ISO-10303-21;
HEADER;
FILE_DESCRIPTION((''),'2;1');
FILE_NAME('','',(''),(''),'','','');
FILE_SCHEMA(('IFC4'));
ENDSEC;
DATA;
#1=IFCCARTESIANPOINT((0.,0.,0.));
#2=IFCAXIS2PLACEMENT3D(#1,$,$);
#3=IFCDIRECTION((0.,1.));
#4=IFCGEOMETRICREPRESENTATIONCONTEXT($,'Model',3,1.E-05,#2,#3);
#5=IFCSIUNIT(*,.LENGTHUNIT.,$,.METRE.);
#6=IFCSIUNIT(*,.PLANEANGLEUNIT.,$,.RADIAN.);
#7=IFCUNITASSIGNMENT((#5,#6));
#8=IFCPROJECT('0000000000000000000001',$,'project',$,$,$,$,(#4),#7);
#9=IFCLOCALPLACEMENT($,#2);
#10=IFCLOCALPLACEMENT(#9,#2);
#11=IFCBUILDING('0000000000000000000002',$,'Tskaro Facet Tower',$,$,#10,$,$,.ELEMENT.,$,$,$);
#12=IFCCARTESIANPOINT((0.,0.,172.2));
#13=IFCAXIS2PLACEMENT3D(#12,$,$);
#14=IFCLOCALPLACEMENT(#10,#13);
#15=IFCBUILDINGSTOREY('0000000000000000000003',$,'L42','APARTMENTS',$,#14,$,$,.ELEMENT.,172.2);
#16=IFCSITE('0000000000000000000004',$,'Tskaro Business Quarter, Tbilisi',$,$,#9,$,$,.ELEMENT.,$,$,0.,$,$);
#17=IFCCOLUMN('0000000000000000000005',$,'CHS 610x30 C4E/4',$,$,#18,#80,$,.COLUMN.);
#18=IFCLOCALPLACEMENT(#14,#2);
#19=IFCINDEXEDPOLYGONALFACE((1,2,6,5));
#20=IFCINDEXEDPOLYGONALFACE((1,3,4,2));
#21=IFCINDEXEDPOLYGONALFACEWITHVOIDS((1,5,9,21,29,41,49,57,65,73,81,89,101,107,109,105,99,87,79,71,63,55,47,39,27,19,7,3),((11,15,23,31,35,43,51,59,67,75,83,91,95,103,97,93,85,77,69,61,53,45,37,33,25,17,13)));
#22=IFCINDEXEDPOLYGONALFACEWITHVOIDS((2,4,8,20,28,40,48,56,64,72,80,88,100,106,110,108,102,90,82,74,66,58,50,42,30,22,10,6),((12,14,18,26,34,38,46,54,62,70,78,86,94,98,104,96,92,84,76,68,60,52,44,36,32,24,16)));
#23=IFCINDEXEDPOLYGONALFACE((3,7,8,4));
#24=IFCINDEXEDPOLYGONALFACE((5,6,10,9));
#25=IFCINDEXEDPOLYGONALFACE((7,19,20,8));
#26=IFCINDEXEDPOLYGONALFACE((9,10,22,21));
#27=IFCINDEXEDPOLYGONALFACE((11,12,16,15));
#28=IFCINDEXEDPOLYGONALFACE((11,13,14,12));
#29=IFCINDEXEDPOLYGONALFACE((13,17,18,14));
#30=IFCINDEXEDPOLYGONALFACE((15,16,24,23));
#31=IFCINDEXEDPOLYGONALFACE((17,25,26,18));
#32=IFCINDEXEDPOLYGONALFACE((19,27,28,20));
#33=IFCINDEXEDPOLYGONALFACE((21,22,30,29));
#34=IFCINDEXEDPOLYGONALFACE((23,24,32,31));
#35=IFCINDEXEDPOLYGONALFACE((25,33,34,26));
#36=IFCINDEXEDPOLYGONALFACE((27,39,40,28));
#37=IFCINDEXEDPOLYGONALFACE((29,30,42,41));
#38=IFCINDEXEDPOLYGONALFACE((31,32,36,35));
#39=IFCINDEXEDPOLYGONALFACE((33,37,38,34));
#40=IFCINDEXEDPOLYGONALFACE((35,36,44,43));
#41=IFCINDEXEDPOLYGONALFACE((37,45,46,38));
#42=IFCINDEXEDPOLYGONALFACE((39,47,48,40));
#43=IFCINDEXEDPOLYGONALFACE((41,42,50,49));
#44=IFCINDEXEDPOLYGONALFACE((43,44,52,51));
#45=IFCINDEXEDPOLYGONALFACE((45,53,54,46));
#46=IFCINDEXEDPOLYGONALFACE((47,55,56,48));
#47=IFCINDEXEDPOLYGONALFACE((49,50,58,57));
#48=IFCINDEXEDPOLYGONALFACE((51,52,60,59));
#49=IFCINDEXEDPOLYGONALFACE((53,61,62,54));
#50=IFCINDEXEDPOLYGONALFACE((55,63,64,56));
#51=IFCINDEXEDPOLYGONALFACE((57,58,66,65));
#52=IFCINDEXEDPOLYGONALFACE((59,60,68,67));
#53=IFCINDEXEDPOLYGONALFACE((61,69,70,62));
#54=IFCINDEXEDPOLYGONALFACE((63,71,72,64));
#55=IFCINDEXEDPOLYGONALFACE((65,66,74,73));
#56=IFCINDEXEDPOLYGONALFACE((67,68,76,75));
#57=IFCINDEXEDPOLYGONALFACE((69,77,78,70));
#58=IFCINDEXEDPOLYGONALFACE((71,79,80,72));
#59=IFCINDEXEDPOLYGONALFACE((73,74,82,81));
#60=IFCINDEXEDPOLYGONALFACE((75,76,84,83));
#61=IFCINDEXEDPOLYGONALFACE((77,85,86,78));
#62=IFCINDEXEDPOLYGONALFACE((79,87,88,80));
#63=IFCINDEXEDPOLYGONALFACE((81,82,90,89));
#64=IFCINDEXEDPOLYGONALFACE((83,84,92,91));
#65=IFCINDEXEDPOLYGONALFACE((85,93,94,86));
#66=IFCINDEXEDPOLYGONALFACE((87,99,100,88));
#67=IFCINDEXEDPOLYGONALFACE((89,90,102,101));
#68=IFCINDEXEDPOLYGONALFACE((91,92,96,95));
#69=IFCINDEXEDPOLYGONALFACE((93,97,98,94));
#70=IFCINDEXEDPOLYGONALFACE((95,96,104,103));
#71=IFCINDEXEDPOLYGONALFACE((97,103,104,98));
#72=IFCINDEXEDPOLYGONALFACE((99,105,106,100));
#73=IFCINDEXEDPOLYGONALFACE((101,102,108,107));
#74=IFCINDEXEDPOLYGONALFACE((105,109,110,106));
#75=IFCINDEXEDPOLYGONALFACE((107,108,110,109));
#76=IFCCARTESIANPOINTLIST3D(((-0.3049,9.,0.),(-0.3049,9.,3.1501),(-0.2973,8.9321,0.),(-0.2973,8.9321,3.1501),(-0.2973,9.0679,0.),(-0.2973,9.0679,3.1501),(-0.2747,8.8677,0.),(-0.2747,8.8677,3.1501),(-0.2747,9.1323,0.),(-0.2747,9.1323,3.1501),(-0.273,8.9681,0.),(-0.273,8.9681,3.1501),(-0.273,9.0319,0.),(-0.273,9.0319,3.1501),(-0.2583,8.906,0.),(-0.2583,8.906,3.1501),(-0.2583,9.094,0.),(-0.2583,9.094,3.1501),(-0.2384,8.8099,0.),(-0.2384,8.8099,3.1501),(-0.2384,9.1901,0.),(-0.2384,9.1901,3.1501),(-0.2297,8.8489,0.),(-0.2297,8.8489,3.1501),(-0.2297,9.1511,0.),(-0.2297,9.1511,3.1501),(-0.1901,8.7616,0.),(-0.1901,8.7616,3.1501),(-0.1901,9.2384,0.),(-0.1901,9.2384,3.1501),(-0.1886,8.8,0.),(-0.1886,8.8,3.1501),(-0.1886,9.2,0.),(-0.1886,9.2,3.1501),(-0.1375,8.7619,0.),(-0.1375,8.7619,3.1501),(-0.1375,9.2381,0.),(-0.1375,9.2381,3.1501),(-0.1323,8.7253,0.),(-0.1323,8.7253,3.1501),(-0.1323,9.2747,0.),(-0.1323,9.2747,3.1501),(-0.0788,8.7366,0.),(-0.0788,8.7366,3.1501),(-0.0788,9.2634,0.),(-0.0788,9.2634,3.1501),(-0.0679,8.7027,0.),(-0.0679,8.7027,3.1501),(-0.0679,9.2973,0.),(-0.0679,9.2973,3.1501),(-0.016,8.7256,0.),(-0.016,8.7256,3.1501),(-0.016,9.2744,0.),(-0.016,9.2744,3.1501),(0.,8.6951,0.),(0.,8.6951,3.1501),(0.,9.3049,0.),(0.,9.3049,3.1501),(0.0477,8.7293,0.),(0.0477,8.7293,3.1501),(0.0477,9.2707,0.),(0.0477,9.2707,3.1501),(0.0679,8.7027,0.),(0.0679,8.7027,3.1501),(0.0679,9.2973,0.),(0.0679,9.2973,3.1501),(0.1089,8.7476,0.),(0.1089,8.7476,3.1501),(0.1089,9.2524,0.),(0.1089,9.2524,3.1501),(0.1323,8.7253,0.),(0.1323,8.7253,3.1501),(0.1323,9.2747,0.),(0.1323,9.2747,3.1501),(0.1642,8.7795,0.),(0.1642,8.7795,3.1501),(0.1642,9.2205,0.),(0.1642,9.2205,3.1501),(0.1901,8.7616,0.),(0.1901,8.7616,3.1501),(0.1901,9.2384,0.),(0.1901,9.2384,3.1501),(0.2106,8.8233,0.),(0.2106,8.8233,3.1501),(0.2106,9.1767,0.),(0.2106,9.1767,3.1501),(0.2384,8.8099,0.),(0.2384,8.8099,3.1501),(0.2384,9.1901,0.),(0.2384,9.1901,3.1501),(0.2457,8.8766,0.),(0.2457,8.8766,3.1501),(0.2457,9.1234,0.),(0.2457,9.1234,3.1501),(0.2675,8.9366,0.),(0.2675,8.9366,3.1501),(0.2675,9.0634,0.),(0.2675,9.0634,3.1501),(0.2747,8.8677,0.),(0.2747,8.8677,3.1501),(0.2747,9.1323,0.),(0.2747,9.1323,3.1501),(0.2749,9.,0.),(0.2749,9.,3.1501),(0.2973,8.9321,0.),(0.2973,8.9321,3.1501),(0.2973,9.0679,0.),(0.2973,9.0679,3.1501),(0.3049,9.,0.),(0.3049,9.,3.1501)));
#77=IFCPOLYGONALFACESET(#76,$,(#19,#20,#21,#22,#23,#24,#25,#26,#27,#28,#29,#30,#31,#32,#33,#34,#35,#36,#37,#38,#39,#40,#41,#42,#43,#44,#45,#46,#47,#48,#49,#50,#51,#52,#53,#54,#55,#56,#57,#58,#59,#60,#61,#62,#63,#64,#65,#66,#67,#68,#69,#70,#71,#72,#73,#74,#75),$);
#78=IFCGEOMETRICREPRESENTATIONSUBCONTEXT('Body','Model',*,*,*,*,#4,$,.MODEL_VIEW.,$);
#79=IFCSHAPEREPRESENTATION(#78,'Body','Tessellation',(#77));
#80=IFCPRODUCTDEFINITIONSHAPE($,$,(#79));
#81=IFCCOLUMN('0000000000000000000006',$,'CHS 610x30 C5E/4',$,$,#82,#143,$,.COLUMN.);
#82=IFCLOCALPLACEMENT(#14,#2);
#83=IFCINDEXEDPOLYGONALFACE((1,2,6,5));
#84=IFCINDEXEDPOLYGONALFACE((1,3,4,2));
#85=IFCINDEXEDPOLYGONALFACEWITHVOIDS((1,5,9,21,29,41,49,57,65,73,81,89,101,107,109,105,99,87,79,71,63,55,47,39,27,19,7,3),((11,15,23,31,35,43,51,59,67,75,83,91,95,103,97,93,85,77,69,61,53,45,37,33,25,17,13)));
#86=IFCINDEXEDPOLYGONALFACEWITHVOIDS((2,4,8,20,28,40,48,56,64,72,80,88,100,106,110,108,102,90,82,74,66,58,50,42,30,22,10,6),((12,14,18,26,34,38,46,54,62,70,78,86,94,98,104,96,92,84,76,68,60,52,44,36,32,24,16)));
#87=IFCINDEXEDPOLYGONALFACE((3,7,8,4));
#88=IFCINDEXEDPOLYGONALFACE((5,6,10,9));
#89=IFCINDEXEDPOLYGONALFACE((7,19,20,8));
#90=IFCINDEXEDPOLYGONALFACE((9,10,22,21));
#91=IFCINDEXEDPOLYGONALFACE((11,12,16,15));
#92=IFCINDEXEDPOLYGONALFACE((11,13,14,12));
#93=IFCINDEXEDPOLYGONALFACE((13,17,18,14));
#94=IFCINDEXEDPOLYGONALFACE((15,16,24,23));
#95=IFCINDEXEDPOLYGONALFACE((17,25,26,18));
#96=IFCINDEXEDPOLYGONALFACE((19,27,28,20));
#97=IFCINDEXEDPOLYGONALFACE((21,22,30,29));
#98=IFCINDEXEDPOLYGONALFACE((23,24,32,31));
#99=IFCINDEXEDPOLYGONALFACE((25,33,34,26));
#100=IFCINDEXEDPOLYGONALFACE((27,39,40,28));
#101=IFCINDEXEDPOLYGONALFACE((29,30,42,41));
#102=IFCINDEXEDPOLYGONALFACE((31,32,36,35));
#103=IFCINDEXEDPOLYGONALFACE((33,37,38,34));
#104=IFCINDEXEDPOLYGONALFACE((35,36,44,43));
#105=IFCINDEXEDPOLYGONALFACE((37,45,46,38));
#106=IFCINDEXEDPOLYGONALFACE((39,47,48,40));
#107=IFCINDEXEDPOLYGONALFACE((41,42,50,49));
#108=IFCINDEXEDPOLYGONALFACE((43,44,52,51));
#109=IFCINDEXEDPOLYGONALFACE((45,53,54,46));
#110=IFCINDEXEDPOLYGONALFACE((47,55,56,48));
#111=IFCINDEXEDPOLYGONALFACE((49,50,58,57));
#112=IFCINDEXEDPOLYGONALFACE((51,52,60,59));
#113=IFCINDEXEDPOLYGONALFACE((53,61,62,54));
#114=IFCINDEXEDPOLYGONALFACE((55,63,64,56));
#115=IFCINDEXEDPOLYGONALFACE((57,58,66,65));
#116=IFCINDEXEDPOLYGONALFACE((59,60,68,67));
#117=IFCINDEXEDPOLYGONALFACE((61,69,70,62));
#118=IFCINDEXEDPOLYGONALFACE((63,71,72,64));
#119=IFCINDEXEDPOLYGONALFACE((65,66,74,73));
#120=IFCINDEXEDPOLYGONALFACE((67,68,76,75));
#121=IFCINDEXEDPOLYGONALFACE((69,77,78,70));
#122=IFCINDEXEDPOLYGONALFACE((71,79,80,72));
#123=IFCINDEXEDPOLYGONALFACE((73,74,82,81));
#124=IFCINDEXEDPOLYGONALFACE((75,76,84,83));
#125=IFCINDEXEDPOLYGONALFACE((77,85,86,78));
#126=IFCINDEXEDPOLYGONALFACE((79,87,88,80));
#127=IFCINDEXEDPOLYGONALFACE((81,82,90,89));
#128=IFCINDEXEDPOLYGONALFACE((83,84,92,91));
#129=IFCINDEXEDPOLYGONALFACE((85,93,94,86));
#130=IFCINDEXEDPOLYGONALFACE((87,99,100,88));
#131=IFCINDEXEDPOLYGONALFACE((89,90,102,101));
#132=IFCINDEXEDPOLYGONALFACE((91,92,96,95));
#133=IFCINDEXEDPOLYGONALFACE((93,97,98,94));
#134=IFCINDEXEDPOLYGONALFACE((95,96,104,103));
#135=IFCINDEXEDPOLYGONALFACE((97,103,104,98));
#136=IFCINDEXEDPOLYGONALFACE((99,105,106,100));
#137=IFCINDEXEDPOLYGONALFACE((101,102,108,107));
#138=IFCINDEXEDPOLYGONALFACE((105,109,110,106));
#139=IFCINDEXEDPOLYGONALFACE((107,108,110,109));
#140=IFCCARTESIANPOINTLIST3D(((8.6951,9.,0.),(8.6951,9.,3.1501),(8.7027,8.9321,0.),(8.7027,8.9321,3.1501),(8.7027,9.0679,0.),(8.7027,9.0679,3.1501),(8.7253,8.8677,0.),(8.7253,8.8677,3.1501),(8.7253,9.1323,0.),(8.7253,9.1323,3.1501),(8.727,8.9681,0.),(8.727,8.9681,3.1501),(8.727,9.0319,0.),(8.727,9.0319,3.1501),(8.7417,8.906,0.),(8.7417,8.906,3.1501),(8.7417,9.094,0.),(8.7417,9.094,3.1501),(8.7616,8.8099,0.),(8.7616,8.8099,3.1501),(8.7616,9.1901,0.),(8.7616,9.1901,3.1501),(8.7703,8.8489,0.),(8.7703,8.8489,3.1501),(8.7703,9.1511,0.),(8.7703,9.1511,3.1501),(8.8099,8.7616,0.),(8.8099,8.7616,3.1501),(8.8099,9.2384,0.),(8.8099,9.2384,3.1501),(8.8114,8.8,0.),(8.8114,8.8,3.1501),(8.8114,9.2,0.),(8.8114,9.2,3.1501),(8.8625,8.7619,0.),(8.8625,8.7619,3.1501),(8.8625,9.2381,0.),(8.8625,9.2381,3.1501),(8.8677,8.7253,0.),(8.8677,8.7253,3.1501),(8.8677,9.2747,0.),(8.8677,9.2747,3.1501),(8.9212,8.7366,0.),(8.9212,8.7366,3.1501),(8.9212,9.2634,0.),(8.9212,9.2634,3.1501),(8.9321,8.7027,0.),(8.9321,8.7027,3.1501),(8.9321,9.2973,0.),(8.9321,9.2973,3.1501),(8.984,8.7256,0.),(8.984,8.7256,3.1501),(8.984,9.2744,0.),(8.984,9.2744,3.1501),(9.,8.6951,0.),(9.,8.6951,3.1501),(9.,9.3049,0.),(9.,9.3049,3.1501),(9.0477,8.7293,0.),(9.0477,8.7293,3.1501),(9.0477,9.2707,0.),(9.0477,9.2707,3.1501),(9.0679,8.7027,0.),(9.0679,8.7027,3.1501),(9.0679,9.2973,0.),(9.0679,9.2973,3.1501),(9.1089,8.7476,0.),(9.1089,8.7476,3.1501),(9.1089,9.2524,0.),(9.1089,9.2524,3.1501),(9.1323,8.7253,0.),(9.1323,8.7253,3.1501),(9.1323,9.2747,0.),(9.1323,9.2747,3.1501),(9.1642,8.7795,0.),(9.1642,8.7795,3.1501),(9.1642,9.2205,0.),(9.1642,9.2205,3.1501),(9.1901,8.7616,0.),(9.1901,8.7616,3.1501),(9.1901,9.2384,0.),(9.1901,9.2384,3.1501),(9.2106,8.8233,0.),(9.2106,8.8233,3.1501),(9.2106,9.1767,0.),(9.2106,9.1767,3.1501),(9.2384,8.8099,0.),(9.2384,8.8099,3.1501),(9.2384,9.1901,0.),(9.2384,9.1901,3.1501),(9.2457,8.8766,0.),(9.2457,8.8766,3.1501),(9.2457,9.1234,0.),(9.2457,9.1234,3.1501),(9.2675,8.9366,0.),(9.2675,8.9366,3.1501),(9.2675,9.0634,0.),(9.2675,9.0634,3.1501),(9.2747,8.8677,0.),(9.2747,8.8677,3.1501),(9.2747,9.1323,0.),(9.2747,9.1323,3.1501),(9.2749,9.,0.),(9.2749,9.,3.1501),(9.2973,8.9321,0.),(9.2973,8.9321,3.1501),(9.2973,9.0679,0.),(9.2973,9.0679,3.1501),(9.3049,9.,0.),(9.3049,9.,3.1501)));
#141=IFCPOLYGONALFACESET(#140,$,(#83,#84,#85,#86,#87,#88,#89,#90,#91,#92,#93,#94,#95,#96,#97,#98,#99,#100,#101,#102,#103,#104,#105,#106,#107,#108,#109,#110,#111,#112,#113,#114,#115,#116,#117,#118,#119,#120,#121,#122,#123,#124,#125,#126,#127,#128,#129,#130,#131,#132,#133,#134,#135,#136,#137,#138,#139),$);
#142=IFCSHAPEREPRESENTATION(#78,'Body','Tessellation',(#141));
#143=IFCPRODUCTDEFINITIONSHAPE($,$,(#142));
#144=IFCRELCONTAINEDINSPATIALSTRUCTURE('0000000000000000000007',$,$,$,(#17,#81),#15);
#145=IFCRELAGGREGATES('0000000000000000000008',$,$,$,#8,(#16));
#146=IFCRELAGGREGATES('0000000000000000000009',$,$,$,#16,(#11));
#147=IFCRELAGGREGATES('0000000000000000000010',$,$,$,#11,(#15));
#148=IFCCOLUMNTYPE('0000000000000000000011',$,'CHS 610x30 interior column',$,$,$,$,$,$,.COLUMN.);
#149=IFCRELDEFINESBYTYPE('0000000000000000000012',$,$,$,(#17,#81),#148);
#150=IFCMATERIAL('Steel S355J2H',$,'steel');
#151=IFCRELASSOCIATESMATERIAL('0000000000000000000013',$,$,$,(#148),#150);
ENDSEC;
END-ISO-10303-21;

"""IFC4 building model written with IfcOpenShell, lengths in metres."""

from ifc_helpers import new_model, si_unit, direction, frame, origin, origin_2d, place, context, subcontext, project, spatial, hollow_circle, extrude, material, material_profile, profile_set, type_object, element, save


model = new_model("IFC4")

# Units and contexts
model_context = context("Model", 3, precision=1e-05, world=origin(), true_north=direction((0.0, 1.0)))
body_context = subcontext(model_context, "Body", "Model", "MODEL_VIEW")
ifc_project = project(units=[si_unit("LENGTHUNIT", "METRE"), si_unit("PLANEANGLEUNIT", "RADIAN")], contexts=[model_context])

# Site, building, storey
site_placement = place(None, origin())
site = spatial("IfcSite", under=ifc_project, at=site_placement, Name="Tskaro Business Quarter, Tbilisi", CompositionType="ELEMENT", RefElevation=0.0)
building_placement = place(site_placement, origin())
building = spatial("IfcBuilding", under=site, at=building_placement, Name="Tskaro Facet Tower", CompositionType="ELEMENT")
storey_placement = place(building_placement, frame((0.0, 0.0, 172.2)))
storey = spatial("IfcBuildingStorey", under=building, at=storey_placement, Name="L42", Description="APARTMENTS", CompositionType="ELEMENT", Elevation=172.2)

# Columns
ifc_material_1 = material(Name="Steel S355J2H", Category="steel")
ifc_material_profile_1 = material_profile(ifc_material_1, hollow_circle(Radius=0.3049, WallThickness=0.03, at=origin_2d()), Name="CHS 610x30")
ifc_profile_set_1 = profile_set([ifc_material_profile_1], Name="Steel S355J2H")
column_type_1 = type_object("IfcColumnType", Name="CHS 610x30 interior column", PredefinedType="COLUMN", material=ifc_profile_set_1)
for number, where, z_axis, x_axis, name in (
    (1, (0.0, 9.0, 0.0), (0.0, 0.0, 1.0), (1.0, 0.0, 0.0), "CHS 610x30 C4E/4"),
    (2, (9.0, 9.0, 0.0), (0.0, 0.0, 1.0), (1.0, 0.0, 0.0), "CHS 610x30 C5E/4"),
):
    element("IfcColumn", number, at=place(storey_placement, frame(where, z_axis=z_axis, x_axis=x_axis)), inside=storey, type_object=column_type_1, Name=name, PredefinedType="COLUMN", context=body_context, shape_type="SweptSolid", body=[
        extrude(hollow_circle(Radius=0.3049, WallThickness=0.03, at=origin_2d()), origin(), (0.0, 0.0, 1.0), 3.1501),
    ])

save(model, "model.ifc")
